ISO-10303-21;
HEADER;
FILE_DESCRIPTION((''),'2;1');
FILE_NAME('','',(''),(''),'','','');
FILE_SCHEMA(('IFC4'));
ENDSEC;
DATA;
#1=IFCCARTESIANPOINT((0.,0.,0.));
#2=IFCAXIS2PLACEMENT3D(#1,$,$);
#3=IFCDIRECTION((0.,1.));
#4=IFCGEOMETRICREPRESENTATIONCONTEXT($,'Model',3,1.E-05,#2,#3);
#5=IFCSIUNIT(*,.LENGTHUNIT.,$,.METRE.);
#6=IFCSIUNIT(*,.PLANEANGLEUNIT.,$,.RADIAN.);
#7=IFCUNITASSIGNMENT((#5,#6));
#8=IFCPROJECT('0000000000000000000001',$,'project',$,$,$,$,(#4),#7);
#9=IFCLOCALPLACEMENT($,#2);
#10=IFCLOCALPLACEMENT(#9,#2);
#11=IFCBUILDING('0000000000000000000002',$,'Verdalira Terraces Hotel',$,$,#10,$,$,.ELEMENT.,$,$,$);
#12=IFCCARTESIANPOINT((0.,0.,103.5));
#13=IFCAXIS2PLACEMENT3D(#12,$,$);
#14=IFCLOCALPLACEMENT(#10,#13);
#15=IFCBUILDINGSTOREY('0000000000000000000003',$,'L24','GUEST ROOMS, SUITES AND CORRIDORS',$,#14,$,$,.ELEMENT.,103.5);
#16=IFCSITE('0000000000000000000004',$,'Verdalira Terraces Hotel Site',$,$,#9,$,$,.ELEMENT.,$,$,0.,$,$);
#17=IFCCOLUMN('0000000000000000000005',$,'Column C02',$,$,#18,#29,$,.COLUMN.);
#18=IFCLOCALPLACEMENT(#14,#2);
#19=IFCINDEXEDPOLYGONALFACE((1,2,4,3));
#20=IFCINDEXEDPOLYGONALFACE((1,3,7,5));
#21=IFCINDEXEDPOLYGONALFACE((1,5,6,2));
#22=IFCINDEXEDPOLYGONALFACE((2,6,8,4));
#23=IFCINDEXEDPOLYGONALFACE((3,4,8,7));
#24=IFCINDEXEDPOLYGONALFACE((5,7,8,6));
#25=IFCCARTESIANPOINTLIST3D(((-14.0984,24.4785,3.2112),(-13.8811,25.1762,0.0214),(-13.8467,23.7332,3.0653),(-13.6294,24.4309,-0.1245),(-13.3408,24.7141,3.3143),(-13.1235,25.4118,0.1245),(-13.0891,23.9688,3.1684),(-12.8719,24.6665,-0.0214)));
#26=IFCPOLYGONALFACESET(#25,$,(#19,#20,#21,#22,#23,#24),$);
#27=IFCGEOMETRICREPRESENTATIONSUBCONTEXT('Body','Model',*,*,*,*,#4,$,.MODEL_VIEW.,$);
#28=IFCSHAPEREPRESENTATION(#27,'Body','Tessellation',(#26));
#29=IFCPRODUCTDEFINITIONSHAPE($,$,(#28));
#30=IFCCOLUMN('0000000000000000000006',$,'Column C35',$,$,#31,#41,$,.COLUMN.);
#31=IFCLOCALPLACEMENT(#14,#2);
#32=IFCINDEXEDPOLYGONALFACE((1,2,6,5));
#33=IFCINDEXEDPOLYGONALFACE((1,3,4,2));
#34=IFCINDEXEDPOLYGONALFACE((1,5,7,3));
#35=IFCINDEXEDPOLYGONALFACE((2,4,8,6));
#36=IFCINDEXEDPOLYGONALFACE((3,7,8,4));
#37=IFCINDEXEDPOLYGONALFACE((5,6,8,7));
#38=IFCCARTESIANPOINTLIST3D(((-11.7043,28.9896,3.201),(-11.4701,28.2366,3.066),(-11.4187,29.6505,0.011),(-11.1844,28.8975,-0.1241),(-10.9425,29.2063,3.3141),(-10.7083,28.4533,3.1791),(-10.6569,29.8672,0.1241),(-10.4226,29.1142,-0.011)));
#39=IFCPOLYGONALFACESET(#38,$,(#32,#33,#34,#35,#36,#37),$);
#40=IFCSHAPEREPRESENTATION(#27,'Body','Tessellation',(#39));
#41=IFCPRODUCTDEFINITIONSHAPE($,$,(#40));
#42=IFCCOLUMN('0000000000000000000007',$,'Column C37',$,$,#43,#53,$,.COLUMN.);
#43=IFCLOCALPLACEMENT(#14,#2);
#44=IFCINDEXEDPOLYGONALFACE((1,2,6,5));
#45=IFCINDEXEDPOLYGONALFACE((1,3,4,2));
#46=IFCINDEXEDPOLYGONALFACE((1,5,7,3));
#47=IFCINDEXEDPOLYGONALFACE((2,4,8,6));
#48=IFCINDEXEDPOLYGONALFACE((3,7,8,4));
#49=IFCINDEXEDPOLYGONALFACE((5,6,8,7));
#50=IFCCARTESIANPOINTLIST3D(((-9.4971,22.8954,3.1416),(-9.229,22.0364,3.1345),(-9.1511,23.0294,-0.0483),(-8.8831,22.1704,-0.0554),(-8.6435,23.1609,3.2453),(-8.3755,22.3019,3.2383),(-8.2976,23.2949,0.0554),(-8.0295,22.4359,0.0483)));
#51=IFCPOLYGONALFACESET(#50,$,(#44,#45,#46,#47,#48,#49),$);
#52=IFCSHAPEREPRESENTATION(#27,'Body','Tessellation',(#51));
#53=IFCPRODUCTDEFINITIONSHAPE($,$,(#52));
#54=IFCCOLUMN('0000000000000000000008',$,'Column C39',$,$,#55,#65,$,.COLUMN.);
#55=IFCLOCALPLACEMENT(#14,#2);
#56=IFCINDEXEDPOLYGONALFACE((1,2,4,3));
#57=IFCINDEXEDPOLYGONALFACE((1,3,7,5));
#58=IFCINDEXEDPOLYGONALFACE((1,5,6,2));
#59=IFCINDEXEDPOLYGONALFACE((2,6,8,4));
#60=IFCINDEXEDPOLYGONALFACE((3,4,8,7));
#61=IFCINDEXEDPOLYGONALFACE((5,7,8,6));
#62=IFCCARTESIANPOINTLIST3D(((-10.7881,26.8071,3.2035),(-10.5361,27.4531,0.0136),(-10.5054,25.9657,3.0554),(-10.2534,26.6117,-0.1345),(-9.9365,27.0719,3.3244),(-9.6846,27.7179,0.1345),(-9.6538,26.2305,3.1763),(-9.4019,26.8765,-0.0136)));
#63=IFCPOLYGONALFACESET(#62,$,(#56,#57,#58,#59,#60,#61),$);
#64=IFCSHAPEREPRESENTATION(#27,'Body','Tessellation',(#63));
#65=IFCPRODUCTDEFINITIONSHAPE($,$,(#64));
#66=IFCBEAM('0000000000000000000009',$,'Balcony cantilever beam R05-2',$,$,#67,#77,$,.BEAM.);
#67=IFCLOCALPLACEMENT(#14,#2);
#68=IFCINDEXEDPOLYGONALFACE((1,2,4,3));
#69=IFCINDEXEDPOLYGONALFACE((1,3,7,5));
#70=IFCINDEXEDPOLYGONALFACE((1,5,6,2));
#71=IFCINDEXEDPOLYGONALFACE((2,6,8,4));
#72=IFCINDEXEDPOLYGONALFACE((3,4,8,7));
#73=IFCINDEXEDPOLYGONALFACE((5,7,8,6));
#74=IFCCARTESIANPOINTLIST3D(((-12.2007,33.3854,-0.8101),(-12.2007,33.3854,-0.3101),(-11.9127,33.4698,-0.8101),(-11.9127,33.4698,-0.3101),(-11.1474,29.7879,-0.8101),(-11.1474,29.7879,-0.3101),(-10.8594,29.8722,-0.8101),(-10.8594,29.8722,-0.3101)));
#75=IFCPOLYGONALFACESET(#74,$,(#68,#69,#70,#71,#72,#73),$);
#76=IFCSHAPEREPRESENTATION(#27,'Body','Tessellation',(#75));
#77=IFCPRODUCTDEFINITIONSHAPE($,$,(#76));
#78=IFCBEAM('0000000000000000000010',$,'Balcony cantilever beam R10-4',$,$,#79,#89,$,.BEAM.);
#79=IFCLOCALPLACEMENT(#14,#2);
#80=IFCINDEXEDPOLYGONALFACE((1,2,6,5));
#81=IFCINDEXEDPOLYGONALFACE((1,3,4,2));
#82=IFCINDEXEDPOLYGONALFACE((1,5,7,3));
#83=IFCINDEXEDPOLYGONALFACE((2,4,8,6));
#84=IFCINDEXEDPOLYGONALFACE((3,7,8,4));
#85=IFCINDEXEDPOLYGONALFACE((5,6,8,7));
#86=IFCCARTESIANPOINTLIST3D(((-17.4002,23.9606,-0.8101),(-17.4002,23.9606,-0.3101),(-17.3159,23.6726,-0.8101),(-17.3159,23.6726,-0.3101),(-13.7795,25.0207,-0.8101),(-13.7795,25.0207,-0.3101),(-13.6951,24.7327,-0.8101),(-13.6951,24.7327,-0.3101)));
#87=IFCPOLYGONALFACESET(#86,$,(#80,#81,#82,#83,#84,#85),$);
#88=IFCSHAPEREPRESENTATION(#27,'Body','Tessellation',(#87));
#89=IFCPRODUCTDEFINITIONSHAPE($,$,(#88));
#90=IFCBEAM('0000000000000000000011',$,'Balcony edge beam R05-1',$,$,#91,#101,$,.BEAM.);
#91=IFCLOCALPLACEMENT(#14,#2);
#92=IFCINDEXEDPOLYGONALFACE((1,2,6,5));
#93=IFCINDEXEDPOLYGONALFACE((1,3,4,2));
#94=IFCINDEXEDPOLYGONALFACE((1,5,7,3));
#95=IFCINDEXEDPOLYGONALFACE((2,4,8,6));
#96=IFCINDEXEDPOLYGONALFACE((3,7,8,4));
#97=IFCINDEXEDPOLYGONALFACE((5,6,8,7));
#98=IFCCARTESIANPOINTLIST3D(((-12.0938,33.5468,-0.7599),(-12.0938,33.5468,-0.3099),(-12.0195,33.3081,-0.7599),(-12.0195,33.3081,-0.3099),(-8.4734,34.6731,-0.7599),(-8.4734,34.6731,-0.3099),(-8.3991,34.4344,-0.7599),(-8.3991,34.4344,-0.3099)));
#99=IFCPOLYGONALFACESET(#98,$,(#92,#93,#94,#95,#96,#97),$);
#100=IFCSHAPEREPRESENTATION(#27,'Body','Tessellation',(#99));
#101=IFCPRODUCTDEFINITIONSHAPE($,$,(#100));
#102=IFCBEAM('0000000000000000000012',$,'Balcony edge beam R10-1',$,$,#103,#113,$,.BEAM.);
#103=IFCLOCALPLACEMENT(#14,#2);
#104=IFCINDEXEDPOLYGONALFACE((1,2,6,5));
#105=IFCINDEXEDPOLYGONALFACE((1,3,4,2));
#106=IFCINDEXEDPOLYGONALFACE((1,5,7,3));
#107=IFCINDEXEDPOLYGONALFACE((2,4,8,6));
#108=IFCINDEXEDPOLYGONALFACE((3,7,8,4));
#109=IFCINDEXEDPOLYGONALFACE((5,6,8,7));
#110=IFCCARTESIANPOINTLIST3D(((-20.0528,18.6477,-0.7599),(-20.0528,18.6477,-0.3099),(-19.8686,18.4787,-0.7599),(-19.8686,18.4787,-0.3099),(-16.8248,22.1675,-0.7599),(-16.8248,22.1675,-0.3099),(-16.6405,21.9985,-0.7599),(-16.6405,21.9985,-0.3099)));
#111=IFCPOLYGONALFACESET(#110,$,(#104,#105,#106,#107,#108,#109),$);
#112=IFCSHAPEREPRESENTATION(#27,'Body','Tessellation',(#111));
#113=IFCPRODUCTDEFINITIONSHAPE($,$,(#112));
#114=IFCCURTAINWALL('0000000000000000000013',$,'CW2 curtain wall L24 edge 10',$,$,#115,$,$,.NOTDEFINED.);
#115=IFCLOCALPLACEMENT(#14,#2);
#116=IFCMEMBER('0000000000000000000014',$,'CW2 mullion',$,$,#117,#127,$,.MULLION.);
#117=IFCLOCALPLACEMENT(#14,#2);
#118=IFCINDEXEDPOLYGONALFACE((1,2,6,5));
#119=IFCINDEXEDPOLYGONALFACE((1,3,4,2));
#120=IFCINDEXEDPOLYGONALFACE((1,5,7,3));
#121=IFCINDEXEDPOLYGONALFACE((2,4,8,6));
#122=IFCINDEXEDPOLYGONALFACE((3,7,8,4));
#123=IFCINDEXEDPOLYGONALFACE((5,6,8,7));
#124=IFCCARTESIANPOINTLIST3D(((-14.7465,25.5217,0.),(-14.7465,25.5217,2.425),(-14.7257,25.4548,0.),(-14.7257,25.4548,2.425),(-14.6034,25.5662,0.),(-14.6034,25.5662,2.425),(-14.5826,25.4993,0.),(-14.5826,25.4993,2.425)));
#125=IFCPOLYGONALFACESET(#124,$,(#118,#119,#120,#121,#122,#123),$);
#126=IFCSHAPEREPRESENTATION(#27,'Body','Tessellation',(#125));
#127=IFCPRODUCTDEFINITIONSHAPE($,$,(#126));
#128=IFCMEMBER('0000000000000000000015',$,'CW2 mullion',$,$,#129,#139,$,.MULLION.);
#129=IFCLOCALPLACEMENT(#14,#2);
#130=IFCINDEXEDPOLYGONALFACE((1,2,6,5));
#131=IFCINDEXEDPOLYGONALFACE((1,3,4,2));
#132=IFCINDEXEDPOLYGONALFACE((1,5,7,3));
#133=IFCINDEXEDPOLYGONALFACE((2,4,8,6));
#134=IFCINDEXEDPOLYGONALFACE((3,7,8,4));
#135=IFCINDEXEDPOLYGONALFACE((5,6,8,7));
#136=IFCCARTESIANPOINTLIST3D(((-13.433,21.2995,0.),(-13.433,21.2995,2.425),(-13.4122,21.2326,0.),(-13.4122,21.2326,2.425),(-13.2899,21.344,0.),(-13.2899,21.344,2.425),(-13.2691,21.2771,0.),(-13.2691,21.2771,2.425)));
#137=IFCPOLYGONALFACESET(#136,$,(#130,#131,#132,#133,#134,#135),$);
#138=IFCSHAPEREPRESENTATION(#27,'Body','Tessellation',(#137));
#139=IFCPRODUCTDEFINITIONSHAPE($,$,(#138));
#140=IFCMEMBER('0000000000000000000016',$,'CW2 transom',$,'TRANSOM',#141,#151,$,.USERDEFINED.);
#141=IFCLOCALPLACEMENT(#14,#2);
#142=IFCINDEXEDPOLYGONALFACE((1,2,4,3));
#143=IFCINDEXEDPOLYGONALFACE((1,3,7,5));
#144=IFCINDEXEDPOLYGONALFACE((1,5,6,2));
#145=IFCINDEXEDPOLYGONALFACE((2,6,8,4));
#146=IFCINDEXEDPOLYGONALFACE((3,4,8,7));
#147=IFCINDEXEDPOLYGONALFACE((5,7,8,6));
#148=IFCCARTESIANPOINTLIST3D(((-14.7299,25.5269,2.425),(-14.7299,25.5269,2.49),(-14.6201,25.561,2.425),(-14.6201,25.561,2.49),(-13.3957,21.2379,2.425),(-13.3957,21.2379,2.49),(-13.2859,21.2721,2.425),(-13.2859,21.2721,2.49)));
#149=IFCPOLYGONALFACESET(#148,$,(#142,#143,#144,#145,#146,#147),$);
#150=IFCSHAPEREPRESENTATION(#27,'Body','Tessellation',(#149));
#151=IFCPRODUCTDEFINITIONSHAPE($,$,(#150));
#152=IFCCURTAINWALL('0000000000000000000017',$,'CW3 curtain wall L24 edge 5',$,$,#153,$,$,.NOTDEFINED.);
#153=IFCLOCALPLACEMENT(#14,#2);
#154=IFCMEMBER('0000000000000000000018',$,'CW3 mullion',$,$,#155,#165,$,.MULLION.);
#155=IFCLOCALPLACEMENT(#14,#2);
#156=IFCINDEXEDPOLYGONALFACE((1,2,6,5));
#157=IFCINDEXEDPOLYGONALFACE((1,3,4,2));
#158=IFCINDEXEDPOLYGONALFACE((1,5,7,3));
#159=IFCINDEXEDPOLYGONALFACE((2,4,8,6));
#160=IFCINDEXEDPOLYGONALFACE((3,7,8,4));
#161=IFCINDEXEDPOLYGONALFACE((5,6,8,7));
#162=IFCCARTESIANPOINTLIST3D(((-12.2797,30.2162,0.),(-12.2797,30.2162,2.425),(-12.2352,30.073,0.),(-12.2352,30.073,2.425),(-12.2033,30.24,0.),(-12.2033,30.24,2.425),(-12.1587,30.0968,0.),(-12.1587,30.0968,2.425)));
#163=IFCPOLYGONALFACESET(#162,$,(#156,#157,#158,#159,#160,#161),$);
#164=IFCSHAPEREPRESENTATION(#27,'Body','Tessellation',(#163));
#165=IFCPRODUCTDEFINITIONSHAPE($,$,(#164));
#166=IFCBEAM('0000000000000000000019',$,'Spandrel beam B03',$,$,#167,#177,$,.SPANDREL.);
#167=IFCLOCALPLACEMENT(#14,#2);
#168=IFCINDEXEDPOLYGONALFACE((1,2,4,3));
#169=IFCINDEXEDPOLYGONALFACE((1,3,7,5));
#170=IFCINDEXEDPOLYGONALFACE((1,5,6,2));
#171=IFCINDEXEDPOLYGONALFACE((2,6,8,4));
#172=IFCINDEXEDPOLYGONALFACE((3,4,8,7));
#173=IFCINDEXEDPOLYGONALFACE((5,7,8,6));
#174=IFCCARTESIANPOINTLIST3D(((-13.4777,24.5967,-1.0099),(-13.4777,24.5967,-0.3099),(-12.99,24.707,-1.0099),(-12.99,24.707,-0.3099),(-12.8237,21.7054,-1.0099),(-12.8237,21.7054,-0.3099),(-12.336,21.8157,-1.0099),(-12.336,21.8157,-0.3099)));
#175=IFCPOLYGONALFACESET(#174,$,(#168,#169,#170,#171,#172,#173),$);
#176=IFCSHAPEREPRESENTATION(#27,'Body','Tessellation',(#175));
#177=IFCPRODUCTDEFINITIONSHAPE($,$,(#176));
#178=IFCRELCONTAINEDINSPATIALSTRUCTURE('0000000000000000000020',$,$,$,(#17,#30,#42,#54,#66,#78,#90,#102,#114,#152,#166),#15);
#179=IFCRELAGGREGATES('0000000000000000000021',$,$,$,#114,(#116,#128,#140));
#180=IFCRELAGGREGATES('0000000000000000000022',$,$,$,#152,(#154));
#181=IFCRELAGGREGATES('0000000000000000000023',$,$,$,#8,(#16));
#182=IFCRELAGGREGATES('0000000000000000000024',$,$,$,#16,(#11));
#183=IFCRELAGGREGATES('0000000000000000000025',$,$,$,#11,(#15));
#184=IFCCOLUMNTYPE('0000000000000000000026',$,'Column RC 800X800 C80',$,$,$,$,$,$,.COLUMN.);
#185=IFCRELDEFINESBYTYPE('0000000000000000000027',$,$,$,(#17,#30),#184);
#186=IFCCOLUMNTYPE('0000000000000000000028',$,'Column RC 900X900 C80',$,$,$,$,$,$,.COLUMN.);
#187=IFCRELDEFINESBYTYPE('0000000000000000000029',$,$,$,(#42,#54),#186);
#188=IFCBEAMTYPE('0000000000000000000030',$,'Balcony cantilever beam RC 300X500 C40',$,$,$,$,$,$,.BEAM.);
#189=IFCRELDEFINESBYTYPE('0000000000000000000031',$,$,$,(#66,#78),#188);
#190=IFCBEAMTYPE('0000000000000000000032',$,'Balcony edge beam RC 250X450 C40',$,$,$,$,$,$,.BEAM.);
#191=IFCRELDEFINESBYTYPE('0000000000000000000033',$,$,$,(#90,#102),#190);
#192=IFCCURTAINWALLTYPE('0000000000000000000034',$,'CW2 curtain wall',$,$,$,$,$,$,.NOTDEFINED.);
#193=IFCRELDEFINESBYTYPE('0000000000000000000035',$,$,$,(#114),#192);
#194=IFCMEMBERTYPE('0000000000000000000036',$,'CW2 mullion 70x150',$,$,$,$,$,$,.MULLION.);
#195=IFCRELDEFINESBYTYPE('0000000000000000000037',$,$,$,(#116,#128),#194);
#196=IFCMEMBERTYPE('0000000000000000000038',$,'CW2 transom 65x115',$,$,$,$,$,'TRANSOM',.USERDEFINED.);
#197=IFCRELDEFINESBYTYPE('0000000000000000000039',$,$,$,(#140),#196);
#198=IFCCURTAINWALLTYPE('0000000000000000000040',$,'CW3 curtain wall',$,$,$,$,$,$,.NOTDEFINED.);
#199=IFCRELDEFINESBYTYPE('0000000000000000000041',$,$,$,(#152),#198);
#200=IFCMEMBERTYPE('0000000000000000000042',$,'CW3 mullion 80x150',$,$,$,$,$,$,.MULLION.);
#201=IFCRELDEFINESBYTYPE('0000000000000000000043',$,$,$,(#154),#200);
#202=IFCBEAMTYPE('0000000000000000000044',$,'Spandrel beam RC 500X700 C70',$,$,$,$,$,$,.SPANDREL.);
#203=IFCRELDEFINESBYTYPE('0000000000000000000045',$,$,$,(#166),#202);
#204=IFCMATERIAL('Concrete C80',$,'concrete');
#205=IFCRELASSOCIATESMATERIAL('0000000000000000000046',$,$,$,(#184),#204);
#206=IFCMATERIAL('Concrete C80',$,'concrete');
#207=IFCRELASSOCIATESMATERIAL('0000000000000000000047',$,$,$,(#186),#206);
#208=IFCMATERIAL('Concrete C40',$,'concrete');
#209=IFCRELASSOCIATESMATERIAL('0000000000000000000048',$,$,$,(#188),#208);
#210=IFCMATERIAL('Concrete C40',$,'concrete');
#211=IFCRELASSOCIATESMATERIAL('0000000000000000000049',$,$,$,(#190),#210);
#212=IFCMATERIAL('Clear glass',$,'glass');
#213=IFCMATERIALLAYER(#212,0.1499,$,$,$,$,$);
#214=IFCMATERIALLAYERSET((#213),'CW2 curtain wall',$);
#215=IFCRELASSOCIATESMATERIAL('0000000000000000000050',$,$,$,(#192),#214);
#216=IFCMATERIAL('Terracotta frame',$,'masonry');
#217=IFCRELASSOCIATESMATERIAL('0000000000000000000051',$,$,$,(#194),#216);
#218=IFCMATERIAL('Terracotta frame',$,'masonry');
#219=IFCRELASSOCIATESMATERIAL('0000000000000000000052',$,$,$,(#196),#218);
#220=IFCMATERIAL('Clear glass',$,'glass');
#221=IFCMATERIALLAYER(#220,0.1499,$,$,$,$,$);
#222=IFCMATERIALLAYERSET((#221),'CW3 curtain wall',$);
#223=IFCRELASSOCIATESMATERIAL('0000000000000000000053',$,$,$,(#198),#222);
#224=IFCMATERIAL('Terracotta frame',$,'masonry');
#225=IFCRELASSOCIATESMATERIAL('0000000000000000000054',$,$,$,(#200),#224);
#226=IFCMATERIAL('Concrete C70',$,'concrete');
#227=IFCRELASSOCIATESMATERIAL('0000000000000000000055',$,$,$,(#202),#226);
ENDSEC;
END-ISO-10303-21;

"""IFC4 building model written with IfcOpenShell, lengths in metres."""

from ifc_helpers import new_model, si_unit, direction, frame, origin, origin_2d, place, context, subcontext, project, spatial, rectangle, extrude, material, layer, layer_set, material_profile, profile_set, type_object, element, aggregate, save


model = new_model("IFC4")

# Units and contexts
model_context = context("Model", 3, precision=1e-05, world=origin(), true_north=direction((0.0, 1.0)))
body_context = subcontext(model_context, "Body", "Model", "MODEL_VIEW")
ifc_project = project(units=[si_unit("LENGTHUNIT", "METRE"), si_unit("PLANEANGLEUNIT", "RADIAN")], contexts=[model_context])

# Site, building, storey
site_placement = place(None, origin())
site = spatial("IfcSite", under=ifc_project, at=site_placement, Name="Verdalira Terraces Hotel Site", CompositionType="ELEMENT", RefElevation=0.0)
building_placement = place(site_placement, origin())
building = spatial("IfcBuilding", under=site, at=building_placement, Name="Verdalira Terraces Hotel", CompositionType="ELEMENT")
storey_placement = place(building_placement, frame((0.0, 0.0, 103.5)))
storey = spatial("IfcBuildingStorey", under=building, at=storey_placement, Name="L24", Description="GUEST ROOMS, SUITES AND CORRIDORS", CompositionType="ELEMENT", Elevation=103.5)

# Columns
ifc_material_1 = material(Name="Concrete C80", Category="concrete")
ifc_material_profile_1 = material_profile(ifc_material_1, rectangle(XDim=0.8, YDim=0.8, at=origin_2d()), Name="RC 800X800")
ifc_profile_set_1 = profile_set([ifc_material_profile_1], Name="Concrete C80")
column_type_1 = type_object("IfcColumnType", Name="Column RC 800X800 C80", PredefinedType="COLUMN", material=ifc_profile_set_1)
column_1_placement = place(storey_placement, frame((-13.3765, 24.9214, 0.0), z_axis=(-0.066396, -0.213212, 0.974747), x_axis=(0.314521, -0.931572, -0.182344)))
element("IfcColumn", 1, at=column_1_placement, inside=storey, type_object=column_type_1, Name="Column C02", PredefinedType="COLUMN", context=body_context, shape_type="SweptSolid", body=[
    extrude(rectangle(XDim=0.8, YDim=0.8, at=origin_2d()), origin(), (0.0, 0.0, 1.0), 3.2725),
])
column_2_placement = place(storey_placement, frame((-10.9207, 29.3823, 0.0), z_axis=(-0.087348, -0.202095, 0.975463), x_axis=(-0.952176, -0.270873, -0.141382)))
element("IfcColumn", 2, at=column_2_placement, inside=storey, type_object=column_type_1, Name="Column C35", PredefinedType="COLUMN", context=body_context, shape_type="SweptSolid", body=[
    extrude(rectangle(XDim=0.8, YDim=0.8, at=origin_2d()), origin(), (0.0, 0.0, 1.0), 3.2703),
])
ifc_material_2 = material(Name="Concrete C80", Category="concrete")
ifc_material_profile_2 = material_profile(ifc_material_2, rectangle(XDim=0.8999, YDim=0.8999, at=origin_2d()), Name="RC 900X900")
ifc_profile_set_2 = profile_set([ifc_material_profile_2], Name="Concrete C80")
column_type_2 = type_object("IfcColumnType", Name="Column RC 900X900 C80", PredefinedType="COLUMN", material=ifc_profile_set_2)
column_3_placement = place(storey_placement, frame((-8.5903, 22.7327, 0.0), z_axis=(-0.107723, -0.041736, 0.993304), x_axis=(-0.297858, 0.954578, 0.007806)))
element("IfcColumn", 3, at=column_3_placement, inside=storey, type_object=column_type_2, Name="Column C37", PredefinedType="COLUMN", context=body_context, shape_type="SweptSolid", body=[
    extrude(rectangle(XDim=0.8999, YDim=0.8999, at=origin_2d()), origin(), (0.0, 0.0, 1.0), 3.2114),
])
column_4_placement = place(storey_placement, frame((-9.969, 27.1648, 0.0), z_axis=(-0.077181, -0.197889, 0.977181), x_axis=(-0.314141, 0.93501, 0.164537)))
element("IfcColumn", 4, at=column_4_placement, inside=storey, type_object=column_type_2, Name="Column C39", PredefinedType="COLUMN", context=body_context, shape_type="SweptSolid", body=[
    extrude(rectangle(XDim=0.8999, YDim=0.8999, at=origin_2d()), origin(), (0.0, 0.0, 1.0), 3.2644),
])

# Beams
ifc_material_3 = material(Name="Concrete C40", Category="concrete")
ifc_material_profile_3 = material_profile(ifc_material_3, rectangle(XDim=0.3, YDim=0.5, at=origin_2d()), Name="RC 300X500")
ifc_profile_set_3 = profile_set([ifc_material_profile_3], Name="Concrete C40")
beam_type_1 = type_object("IfcBeamType", Name="Balcony cantilever beam RC 300X500 C40", PredefinedType="BEAM", material=ifc_profile_set_3)
beam_1_placement = place(storey_placement, frame((-11.0034, 29.8301, -0.5601), z_axis=(-0.280978, 0.959714, 0.0), x_axis=(-0.959714, -0.280978, 0.0)))
element("IfcBeam", 5, at=beam_1_placement, inside=storey, type_object=beam_type_1, Name="Balcony cantilever beam R05-2", PredefinedType="BEAM", context=body_context, shape_type="SweptSolid", body=[
    extrude(rectangle(XDim=0.3, YDim=0.5, at=origin_2d()), origin(), (0.0, 0.0, 1.0), 3.7485),
])
beam_2_placement = place(storey_placement, frame((-13.7373, 24.8767, -0.5601), z_axis=(-0.959711, -0.280989, 0.0), x_axis=(0.280989, -0.959711, 0.0)))
element("IfcBeam", 6, at=beam_2_placement, inside=storey, type_object=beam_type_1, Name="Balcony cantilever beam R10-4", PredefinedType="BEAM", context=body_context, shape_type="SweptSolid", body=[
    extrude(rectangle(XDim=0.3, YDim=0.5, at=origin_2d()), origin(), (0.0, 0.0, 1.0), 3.7727),
])
ifc_material_4 = material(Name="Concrete C40", Category="concrete")
ifc_material_profile_4 = material_profile(ifc_material_4, rectangle(XDim=0.25, YDim=0.45, at=origin_2d()), Name="RC 250X450")
ifc_profile_set_4 = profile_set([ifc_material_profile_4], Name="Concrete C40")
beam_type_2 = type_object("IfcBeamType", Name="Balcony edge beam RC 250X450 C40", PredefinedType="BEAM", material=ifc_profile_set_4)
beam_3_placement = place(storey_placement, frame((-8.4363, 34.5537, -0.5349), z_axis=(-0.954865, -0.297039, 0.0), x_axis=(0.297039, -0.954865, 0.0)))
element("IfcBeam", 7, at=beam_3_placement, inside=storey, type_object=beam_type_2, Name="Balcony edge beam R05-1", PredefinedType="BEAM", context=body_context, shape_type="SweptSolid", body=[
    extrude(rectangle(XDim=0.25, YDim=0.45, at=origin_2d()), origin(), (0.0, 0.0, 1.0), 3.7915),
])
beam_4_placement = place(storey_placement, frame((-16.7327, 22.083, -0.5349), z_axis=(-0.675903, -0.736991, 0.0), x_axis=(0.736991, -0.675903, 0.0)))
element("IfcBeam", 8, at=beam_4_placement, inside=storey, type_object=beam_type_2, Name="Balcony edge beam R10-1", PredefinedType="BEAM", context=body_context, shape_type="SweptSolid", body=[
    extrude(rectangle(XDim=0.25, YDim=0.45, at=origin_2d()), origin(), (0.0, 0.0, 1.0), 4.7759),
])

# Curtain wall, members
ifc_material_5 = material(Name="Clear glass", Category="glass")
ifc_layer_1 = layer(ifc_material_5, 0.1499)
ifc_layer_set_1 = layer_set([ifc_layer_1], Name="CW2 curtain wall")
curtain_wall_type_1 = type_object("IfcCurtainWallType", Name="CW2 curtain wall", PredefinedType="NOTDEFINED", material=ifc_layer_set_1)
curtain_wall_1_placement = place(storey_placement, origin())
curtain_wall_1 = element("IfcCurtainWall", 9, at=curtain_wall_1_placement, inside=storey, type_object=curtain_wall_type_1, Name="CW2 curtain wall L24 edge 10", PredefinedType="NOTDEFINED")
ifc_material_6 = material(Name="Terracotta frame", Category="masonry")
ifc_material_profile_5 = material_profile(ifc_material_6, rectangle(XDim=0.0701, YDim=0.1499, at=origin_2d()), Name="MU 70x150")
ifc_profile_set_5 = profile_set([ifc_material_profile_5], Name="Terracotta frame")
member_type_1 = type_object("IfcMemberType", Name="CW2 mullion 70x150", PredefinedType="MULLION", material=ifc_profile_set_5)
member_1_placement = place(storey_placement, frame((-14.6646, 25.5105, 0.0), z_axis=(0.0, 0.0, 1.0), x_axis=(0.297042, -0.954865, 0.0)))
member_1 = element("IfcMember", 10, at=member_1_placement, type_object=member_type_1, Name="CW2 mullion", PredefinedType="MULLION", context=body_context, shape_type="SweptSolid", body=[
    extrude(rectangle(XDim=0.0701, YDim=0.1499, at=origin_2d()), origin(), (0.0, 0.0, 1.0), 2.425),
])
member_2_placement = place(storey_placement, frame((-13.3511, 21.2883, 0.0), z_axis=(0.0, 0.0, 1.0), x_axis=(0.297042, -0.954865, 0.0)))
member_2 = element("IfcMember", 11, at=member_2_placement, type_object=member_type_1, Name="CW2 mullion", PredefinedType="MULLION", context=body_context, shape_type="SweptSolid", body=[
    extrude(rectangle(XDim=0.0701, YDim=0.1499, at=origin_2d()), origin(), (0.0, 0.0, 1.0), 2.425),
])
ifc_material_7 = material(Name="Terracotta frame", Category="masonry")
ifc_material_profile_6 = material_profile(ifc_material_7, rectangle(XDim=0.115, YDim=0.0649, at=origin_2d()), Name="TR 65x115")
ifc_profile_set_6 = profile_set([ifc_material_profile_6], Name="Terracotta frame")
member_type_2 = type_object("IfcMemberType", Name="CW2 transom 65x115", ElementType="TRANSOM", PredefinedType="USERDEFINED", material=ifc_profile_set_6)
member_3_placement = place(storey_placement, frame((-14.675, 25.5439, 2.4575), z_axis=(0.297037, -0.954866, 0.0), x_axis=(0.954866, 0.297037, 0.0)))
member_3 = element("IfcMember", 12, at=member_3_placement, type_object=member_type_2, Name="CW2 transom", ObjectType="TRANSOM", PredefinedType="USERDEFINED", context=body_context, shape_type="SweptSolid", body=[
    extrude(rectangle(XDim=0.115, YDim=0.0649, at=origin_2d()), origin(), (0.0, 0.0, 1.0), 4.4917),
])
aggregate(curtain_wall_1, [member_1, member_2, member_3])

# Curtain wall, member
ifc_material_8 = material(Name="Clear glass", Category="glass")
ifc_layer_2 = layer(ifc_material_8, 0.1499)
ifc_layer_set_2 = layer_set([ifc_layer_2], Name="CW3 curtain wall")
curtain_wall_type_2 = type_object("IfcCurtainWallType", Name="CW3 curtain wall", PredefinedType="NOTDEFINED", material=ifc_layer_set_2)
curtain_wall_2_placement = place(storey_placement, origin())
curtain_wall_2 = element("IfcCurtainWall", 13, at=curtain_wall_2_placement, inside=storey, type_object=curtain_wall_type_2, Name="CW3 curtain wall L24 edge 5", PredefinedType="NOTDEFINED")
ifc_material_9 = material(Name="Terracotta frame", Category="masonry")
ifc_material_profile_7 = material_profile(ifc_material_9, rectangle(XDim=0.0801, YDim=0.1499, at=origin_2d()), Name="MU 80x150")
ifc_profile_set_7 = profile_set([ifc_material_profile_7], Name="Terracotta frame")
member_type_3 = type_object("IfcMemberType", Name="CW3 mullion 80x150", PredefinedType="MULLION", material=ifc_profile_set_7)
member_4_placement = place(storey_placement, frame((-12.2192, 30.1565, 0.0), z_axis=(0.0, 0.0, 1.0), x_axis=(-0.954865, -0.297042, 0.0)))
member_4 = element("IfcMember", 14, at=member_4_placement, type_object=member_type_3, Name="CW3 mullion", PredefinedType="MULLION", context=body_context, shape_type="SweptSolid", body=[
    extrude(rectangle(XDim=0.0801, YDim=0.1499, at=origin_2d()), origin(), (0.0, 0.0, 1.0), 2.425),
])

# Beam
ifc_material_10 = material(Name="Concrete C70", Category="concrete")
ifc_material_profile_8 = material_profile(ifc_material_10, rectangle(XDim=0.5, YDim=0.7, at=origin_2d()), Name="RC 500X700")
ifc_profile_set_8 = profile_set([ifc_material_profile_8], Name="Concrete C70")
beam_type_3 = type_object("IfcBeamType", Name="Spandrel beam RC 500X700 C70", PredefinedType="SPANDREL", material=ifc_profile_set_8)
beam_5_placement = place(storey_placement, frame((-13.2339, 24.6519, -0.6599), z_axis=(0.220635, -0.975356, 0.0), x_axis=(0.975356, 0.220635, 0.0)))
element("IfcBeam", 15, at=beam_5_placement, inside=storey, type_object=beam_type_3, Name="Spandrel beam B03", PredefinedType="SPANDREL", context=body_context, shape_type="SweptSolid", body=[
    extrude(rectangle(XDim=0.5, YDim=0.7, at=origin_2d()), origin(), (0.0, 0.0, 1.0), 2.9644),
])

aggregate(curtain_wall_2, [member_4])

save(model, "model.ifc")
